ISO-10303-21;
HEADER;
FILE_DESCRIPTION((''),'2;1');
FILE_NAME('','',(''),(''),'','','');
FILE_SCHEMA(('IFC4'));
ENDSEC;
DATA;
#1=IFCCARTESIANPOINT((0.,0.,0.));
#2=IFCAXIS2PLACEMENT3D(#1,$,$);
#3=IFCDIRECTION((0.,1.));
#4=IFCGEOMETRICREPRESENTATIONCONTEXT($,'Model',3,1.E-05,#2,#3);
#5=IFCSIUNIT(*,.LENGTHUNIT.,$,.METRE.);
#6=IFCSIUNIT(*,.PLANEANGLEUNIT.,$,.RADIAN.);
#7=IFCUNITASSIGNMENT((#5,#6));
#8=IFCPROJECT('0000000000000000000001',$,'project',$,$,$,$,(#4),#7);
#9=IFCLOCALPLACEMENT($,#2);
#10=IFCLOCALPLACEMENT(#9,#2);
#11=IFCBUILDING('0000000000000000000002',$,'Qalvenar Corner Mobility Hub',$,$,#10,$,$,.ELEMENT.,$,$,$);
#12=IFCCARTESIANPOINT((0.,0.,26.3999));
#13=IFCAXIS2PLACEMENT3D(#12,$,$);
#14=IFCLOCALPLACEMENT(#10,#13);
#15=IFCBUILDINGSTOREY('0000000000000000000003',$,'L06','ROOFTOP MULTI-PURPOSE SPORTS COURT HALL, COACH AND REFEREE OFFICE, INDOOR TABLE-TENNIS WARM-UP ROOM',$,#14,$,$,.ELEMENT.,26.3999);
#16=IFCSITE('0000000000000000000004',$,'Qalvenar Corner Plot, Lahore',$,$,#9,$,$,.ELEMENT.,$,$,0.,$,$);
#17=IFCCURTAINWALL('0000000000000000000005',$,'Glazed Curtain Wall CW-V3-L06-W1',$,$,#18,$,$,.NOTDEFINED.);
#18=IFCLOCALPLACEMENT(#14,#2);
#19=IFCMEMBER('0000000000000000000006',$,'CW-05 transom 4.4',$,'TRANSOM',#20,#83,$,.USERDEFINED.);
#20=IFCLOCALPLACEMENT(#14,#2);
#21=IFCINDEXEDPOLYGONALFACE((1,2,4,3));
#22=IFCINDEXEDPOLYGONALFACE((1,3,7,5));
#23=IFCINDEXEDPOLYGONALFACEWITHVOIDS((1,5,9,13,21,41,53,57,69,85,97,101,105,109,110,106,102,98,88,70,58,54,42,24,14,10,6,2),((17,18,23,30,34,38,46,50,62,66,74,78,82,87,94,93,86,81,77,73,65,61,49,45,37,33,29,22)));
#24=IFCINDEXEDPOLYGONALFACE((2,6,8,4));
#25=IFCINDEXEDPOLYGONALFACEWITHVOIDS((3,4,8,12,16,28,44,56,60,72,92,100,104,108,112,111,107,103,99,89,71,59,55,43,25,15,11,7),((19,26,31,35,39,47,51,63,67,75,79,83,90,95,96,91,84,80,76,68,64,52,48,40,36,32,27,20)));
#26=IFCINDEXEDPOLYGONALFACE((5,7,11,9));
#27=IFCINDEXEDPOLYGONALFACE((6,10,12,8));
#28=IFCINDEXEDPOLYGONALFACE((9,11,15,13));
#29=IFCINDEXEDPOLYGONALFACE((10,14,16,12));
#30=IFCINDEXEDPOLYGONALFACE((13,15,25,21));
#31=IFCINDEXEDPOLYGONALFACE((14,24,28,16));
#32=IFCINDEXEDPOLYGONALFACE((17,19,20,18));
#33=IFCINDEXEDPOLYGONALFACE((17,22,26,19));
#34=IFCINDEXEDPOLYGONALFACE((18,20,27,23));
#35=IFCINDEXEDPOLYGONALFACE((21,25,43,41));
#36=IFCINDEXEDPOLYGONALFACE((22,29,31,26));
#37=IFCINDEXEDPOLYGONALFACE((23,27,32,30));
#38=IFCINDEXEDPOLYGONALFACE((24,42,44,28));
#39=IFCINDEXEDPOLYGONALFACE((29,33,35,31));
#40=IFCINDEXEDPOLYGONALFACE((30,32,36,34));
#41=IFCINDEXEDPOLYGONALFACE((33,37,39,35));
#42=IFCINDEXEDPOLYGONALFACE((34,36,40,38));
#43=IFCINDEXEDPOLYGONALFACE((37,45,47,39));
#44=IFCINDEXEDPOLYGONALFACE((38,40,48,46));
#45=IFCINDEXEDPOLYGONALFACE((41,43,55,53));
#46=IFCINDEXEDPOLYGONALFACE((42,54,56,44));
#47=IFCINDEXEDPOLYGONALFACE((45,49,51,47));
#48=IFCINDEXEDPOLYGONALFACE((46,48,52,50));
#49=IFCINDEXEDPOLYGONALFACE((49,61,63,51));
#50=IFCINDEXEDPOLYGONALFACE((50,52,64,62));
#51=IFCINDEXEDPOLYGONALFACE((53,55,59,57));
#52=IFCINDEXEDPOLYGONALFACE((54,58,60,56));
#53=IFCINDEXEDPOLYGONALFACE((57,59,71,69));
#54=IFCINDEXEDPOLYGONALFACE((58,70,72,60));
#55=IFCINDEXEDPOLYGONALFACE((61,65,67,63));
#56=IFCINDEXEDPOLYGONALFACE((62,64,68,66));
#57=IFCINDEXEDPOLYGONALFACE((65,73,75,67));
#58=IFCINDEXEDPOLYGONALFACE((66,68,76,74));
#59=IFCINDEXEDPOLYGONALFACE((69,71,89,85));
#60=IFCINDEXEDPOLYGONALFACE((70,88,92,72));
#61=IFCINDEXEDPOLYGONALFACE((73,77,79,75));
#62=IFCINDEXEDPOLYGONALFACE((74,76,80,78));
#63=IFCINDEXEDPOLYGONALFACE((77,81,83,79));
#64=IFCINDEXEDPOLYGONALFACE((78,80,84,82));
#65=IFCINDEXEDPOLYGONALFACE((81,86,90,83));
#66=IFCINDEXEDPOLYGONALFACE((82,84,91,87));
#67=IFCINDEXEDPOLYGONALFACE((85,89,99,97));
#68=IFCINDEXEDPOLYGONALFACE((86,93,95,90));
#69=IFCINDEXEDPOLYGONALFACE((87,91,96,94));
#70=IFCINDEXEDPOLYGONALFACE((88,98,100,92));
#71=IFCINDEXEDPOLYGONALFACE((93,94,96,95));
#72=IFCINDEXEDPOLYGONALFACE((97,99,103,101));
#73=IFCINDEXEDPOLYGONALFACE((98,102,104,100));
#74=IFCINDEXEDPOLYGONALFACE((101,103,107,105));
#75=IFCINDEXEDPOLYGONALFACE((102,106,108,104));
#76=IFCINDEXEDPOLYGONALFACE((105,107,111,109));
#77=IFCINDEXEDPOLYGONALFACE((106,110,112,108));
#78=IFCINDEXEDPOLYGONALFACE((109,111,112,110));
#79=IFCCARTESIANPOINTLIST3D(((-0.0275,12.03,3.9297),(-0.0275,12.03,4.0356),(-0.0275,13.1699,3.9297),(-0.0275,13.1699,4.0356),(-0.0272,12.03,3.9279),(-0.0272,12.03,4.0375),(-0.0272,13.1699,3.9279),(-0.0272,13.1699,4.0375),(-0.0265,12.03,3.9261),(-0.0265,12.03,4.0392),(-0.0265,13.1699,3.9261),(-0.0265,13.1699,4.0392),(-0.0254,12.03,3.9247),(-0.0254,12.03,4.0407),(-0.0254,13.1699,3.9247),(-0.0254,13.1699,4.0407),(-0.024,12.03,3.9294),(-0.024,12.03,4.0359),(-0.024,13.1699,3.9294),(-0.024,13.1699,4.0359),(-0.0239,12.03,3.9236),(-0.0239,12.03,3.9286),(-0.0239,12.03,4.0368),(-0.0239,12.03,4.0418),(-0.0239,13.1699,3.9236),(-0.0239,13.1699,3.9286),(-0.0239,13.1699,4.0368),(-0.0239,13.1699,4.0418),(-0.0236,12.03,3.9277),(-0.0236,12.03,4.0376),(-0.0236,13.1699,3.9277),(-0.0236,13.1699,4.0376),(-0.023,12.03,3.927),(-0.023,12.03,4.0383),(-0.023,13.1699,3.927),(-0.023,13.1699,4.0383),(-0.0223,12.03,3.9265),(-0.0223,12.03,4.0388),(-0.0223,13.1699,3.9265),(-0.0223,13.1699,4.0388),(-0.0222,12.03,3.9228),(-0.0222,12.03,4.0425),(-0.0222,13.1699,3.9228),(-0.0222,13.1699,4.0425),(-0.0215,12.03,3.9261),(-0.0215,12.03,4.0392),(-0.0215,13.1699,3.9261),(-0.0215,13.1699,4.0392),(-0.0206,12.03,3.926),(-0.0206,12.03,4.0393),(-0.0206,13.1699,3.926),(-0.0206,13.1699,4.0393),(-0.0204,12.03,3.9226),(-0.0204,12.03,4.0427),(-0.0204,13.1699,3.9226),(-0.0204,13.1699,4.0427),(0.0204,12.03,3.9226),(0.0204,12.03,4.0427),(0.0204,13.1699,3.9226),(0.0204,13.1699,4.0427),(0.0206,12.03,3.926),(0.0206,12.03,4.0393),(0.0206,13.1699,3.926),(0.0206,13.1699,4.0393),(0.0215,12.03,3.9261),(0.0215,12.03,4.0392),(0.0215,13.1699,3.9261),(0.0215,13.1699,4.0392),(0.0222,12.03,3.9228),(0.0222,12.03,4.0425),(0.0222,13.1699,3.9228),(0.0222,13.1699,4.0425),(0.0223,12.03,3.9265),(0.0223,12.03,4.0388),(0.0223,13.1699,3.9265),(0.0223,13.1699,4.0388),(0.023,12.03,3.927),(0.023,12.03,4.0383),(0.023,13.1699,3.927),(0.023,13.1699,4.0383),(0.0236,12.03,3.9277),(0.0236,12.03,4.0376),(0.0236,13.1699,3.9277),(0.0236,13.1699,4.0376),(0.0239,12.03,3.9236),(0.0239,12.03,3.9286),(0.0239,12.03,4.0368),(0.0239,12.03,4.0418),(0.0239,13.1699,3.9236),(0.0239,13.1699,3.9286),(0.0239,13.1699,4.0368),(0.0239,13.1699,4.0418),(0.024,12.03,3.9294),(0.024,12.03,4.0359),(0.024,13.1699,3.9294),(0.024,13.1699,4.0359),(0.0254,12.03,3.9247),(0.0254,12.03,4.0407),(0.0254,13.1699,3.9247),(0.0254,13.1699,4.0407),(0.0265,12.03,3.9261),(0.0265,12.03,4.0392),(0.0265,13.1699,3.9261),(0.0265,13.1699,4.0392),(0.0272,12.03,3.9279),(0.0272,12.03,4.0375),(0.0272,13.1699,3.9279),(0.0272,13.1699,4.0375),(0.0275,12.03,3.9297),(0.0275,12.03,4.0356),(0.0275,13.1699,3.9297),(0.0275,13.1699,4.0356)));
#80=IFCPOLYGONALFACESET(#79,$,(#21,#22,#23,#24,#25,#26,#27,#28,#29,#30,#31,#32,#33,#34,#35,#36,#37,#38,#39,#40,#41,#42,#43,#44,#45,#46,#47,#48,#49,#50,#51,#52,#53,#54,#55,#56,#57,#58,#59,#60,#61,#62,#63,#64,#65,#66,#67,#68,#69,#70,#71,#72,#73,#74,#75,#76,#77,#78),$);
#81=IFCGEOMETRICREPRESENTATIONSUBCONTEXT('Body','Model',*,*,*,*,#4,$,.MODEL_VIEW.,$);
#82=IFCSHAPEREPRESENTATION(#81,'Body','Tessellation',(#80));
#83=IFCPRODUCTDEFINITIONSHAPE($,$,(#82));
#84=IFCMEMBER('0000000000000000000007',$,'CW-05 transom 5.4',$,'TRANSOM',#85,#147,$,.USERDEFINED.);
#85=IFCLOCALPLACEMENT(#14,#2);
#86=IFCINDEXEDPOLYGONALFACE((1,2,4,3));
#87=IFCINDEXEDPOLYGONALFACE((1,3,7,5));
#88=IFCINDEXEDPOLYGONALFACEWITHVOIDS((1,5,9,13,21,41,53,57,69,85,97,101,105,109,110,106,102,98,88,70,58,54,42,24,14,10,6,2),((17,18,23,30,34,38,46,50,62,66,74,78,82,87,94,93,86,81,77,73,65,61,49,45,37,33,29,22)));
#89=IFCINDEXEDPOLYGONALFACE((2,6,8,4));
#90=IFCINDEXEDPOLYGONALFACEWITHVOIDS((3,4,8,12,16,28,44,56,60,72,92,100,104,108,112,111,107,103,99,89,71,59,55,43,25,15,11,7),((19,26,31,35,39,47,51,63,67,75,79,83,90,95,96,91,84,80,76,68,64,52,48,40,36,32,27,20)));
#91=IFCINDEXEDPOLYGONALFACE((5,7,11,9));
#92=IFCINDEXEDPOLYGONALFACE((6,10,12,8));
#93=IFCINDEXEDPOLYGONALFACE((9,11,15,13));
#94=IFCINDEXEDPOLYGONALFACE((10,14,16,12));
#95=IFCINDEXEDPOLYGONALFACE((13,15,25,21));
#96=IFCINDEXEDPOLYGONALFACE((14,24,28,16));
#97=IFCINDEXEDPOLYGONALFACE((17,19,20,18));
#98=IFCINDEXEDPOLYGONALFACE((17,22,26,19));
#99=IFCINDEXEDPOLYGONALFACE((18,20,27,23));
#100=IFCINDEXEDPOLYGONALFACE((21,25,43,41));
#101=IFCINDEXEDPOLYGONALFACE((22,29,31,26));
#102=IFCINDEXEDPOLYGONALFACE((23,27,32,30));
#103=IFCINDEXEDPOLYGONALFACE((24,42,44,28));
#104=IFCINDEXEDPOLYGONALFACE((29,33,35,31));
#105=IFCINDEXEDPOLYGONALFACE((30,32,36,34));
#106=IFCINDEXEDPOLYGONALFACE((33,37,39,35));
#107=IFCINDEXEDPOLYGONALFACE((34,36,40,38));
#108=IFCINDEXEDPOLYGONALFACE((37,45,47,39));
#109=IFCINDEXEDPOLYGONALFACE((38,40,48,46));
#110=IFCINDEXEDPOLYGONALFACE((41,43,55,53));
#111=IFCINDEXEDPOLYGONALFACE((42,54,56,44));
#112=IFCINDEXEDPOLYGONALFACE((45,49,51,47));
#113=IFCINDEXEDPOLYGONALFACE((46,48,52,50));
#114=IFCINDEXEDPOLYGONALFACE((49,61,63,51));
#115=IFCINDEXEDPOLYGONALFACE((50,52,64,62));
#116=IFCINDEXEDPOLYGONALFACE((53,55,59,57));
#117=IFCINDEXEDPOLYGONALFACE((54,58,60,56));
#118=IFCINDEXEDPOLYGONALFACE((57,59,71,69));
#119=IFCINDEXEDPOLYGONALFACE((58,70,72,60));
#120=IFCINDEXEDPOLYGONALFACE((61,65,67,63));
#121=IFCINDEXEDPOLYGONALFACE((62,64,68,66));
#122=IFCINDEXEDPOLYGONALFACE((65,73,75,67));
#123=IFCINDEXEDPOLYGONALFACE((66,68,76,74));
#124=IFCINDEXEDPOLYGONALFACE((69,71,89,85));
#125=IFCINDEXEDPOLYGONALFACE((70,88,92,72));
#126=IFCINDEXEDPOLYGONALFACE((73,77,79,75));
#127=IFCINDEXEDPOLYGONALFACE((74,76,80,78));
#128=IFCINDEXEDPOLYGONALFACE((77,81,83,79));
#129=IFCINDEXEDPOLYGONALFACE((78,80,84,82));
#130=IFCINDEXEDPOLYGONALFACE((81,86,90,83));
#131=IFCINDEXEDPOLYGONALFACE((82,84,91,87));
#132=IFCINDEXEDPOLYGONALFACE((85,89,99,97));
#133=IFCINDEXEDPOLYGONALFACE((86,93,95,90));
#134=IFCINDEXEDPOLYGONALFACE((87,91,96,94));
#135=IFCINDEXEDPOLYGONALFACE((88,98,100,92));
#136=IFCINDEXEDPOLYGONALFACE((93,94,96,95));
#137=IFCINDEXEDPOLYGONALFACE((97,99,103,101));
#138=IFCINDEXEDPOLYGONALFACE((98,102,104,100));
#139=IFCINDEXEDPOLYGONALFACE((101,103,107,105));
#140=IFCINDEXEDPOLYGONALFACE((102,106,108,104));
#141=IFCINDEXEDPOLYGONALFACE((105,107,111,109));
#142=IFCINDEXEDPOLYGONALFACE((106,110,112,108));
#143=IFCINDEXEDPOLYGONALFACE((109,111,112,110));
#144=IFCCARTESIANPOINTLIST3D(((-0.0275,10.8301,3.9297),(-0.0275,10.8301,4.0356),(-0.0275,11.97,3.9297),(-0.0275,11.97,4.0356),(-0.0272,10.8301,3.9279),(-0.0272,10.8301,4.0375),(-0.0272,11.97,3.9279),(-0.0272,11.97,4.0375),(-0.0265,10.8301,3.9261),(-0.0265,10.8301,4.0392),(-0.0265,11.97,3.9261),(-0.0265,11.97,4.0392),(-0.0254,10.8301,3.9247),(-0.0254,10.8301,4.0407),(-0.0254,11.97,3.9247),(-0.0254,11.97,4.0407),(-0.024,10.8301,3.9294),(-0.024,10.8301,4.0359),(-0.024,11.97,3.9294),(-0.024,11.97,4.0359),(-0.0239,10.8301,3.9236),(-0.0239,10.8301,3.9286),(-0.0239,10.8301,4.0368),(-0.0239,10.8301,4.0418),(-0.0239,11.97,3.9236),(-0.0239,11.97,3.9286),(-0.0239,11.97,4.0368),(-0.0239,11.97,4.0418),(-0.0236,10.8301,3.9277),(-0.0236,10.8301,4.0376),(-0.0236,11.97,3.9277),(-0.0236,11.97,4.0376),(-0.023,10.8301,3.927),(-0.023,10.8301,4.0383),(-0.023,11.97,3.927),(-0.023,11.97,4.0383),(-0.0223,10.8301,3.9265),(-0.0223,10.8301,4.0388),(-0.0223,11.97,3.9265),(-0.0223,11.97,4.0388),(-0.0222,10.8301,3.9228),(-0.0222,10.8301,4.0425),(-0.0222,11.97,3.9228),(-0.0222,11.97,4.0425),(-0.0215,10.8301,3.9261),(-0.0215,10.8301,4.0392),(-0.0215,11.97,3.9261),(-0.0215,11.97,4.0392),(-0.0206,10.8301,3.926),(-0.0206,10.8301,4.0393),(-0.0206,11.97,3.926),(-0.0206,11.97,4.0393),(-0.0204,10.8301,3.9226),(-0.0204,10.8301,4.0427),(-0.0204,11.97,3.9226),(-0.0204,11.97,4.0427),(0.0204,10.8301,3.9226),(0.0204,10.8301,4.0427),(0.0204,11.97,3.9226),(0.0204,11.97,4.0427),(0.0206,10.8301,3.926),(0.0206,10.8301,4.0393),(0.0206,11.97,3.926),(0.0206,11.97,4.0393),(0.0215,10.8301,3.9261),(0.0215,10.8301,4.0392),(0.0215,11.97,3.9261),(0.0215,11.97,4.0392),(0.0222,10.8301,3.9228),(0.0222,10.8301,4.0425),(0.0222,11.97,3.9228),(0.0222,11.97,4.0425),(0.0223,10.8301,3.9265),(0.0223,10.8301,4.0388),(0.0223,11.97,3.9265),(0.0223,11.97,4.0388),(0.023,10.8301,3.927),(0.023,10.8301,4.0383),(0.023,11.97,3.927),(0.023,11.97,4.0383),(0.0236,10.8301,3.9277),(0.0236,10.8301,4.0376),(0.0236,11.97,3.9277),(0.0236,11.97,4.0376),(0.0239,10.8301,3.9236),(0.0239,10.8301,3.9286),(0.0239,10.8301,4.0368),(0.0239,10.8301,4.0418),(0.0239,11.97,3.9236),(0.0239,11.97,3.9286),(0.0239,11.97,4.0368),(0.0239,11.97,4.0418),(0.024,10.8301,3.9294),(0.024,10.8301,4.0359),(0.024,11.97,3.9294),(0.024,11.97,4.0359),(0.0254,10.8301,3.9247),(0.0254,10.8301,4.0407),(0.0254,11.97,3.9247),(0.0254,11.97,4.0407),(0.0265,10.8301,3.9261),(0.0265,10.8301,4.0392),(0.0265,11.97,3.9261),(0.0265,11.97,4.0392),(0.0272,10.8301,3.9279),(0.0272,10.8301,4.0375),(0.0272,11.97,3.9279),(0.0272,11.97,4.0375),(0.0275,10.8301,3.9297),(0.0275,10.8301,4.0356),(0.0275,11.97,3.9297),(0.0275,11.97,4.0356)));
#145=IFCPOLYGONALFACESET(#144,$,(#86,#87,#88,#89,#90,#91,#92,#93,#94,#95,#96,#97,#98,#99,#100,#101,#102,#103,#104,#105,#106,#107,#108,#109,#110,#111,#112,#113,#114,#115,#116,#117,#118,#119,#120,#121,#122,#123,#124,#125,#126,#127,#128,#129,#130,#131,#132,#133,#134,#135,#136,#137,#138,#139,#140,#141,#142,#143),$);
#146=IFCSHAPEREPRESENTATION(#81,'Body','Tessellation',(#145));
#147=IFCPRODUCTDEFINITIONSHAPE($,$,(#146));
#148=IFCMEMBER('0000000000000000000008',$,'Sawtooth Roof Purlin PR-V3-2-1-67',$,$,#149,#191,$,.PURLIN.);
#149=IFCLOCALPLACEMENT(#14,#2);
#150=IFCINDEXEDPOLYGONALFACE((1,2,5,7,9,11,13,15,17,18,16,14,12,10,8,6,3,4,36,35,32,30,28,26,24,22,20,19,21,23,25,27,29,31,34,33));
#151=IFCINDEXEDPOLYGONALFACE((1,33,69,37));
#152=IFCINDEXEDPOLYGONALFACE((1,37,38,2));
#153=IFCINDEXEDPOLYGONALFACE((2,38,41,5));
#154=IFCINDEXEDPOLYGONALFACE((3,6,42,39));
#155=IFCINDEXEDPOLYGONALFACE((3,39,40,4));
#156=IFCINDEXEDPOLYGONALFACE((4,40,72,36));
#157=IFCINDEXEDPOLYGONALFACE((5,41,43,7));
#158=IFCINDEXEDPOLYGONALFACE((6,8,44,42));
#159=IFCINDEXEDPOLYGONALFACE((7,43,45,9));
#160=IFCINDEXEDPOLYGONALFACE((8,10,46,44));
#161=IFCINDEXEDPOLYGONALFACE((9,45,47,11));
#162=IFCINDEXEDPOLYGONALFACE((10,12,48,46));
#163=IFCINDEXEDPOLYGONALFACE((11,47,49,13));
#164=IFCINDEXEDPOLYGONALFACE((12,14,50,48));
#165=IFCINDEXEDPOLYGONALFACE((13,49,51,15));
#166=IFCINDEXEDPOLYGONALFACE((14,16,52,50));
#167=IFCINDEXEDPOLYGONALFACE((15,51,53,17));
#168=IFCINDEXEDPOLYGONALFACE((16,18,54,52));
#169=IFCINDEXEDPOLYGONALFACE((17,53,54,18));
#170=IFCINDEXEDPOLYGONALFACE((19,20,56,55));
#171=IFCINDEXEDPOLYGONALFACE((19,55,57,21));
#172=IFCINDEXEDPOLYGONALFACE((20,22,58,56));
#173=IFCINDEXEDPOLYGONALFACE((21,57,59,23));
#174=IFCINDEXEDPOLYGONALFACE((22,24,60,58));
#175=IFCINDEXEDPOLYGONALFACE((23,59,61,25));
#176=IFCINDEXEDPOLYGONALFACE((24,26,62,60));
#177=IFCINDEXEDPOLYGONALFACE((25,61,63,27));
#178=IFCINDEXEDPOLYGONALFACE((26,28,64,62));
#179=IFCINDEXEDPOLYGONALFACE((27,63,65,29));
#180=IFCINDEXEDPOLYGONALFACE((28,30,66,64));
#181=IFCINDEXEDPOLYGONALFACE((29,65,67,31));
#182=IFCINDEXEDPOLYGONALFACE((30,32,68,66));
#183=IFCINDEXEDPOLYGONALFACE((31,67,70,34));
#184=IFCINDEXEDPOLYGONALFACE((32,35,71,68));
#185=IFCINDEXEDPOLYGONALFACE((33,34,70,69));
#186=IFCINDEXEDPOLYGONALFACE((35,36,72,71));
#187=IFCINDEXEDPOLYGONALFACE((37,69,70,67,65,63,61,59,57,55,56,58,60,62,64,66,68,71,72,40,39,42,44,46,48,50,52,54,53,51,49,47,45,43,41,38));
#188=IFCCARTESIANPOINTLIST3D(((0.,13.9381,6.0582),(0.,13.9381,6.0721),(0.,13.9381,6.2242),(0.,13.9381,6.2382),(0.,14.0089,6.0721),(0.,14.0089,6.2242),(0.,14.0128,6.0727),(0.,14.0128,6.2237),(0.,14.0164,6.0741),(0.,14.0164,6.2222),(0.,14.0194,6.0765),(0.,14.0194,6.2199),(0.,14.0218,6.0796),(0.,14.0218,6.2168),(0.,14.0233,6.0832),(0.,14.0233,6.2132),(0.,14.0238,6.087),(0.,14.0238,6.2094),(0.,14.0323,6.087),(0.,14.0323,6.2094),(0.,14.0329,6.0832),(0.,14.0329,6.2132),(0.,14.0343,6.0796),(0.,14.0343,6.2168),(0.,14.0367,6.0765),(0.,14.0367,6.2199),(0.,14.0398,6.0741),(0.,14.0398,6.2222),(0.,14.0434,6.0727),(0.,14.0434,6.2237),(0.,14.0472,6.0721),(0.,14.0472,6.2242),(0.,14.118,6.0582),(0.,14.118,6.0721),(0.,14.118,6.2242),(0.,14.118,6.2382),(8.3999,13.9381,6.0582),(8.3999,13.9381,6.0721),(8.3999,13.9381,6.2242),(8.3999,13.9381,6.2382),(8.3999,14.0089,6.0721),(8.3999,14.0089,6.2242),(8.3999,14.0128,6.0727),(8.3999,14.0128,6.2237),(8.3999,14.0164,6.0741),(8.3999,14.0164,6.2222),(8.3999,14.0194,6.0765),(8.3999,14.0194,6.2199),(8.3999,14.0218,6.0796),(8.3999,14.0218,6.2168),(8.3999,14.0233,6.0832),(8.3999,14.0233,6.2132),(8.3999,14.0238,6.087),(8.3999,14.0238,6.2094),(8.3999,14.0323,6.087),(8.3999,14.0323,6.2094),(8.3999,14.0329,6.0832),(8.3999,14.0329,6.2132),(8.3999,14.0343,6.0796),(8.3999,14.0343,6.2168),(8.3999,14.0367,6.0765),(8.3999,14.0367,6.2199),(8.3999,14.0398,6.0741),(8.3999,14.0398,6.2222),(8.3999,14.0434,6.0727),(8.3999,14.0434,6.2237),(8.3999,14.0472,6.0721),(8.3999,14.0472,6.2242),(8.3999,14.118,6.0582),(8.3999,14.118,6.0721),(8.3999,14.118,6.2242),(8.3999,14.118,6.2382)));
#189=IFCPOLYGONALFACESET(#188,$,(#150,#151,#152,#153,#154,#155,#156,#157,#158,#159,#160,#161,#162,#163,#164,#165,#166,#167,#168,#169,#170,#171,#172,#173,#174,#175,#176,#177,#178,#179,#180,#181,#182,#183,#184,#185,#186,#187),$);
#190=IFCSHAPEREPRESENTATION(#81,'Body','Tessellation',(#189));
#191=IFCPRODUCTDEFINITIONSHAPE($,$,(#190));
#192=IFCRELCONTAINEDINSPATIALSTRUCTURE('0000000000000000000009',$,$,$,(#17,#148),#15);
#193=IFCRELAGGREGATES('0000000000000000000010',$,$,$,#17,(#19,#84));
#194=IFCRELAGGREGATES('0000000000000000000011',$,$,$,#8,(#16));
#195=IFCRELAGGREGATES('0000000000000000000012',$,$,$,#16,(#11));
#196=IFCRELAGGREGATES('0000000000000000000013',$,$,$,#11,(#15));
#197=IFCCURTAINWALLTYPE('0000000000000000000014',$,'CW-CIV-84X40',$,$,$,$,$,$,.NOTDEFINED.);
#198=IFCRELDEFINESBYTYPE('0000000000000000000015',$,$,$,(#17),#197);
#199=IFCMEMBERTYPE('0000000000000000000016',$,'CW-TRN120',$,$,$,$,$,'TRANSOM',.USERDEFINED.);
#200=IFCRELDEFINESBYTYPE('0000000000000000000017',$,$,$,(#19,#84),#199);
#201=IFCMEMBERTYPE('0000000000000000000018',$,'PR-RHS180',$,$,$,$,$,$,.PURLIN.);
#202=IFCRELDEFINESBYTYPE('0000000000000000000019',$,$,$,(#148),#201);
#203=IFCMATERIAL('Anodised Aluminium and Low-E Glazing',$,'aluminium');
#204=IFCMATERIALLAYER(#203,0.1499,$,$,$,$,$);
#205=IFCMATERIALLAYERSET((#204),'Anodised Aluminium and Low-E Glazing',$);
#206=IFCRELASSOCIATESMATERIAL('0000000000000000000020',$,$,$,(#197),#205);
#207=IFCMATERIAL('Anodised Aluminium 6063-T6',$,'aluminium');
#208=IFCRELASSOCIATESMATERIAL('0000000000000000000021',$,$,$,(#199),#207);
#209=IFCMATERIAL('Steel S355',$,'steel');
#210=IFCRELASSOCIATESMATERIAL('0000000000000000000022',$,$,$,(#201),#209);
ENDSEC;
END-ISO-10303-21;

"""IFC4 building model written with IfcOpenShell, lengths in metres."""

from ifc_helpers import new_model, si_unit, direction, frame, origin, origin_2d, place, context, subcontext, project, spatial, hollow_rectangle, i_section, extrude, material, layer, layer_set, material_profile, profile_set, type_object, element, aggregate, save


model = new_model("IFC4")

# Units and contexts
model_context = context("Model", 3, precision=1e-05, world=origin(), true_north=direction((0.0, 1.0)))
body_context = subcontext(model_context, "Body", "Model", "MODEL_VIEW")
ifc_project = project(units=[si_unit("LENGTHUNIT", "METRE"), si_unit("PLANEANGLEUNIT", "RADIAN")], contexts=[model_context])

# Site, building, storey
site_placement = place(None, origin())
site = spatial("IfcSite", under=ifc_project, at=site_placement, Name="Qalvenar Corner Plot, Lahore", CompositionType="ELEMENT", RefElevation=0.0)
building_placement = place(site_placement, origin())
building = spatial("IfcBuilding", under=site, at=building_placement, Name="Qalvenar Corner Mobility Hub", CompositionType="ELEMENT")
storey_placement = place(building_placement, frame((0.0, 0.0, 26.3999)))
storey = spatial("IfcBuildingStorey", under=building, at=storey_placement, Name="L06", Description="ROOFTOP MULTI-PURPOSE SPORTS COURT HALL, COACH AND REFEREE OFFICE, INDOOR TABLE-TENNIS WARM-UP ROOM", CompositionType="ELEMENT", Elevation=26.3999)

# Shared definitions
ifc_material_1 = material(Name="Steel S355", Category="steel")

# Curtain wall, members
ifc_material_2 = material(Name="Anodised Aluminium and Low-E Glazing", Category="aluminium")
ifc_material_3 = material(Name="Anodised Aluminium 6063-T6", Category="aluminium")
ifc_layer_1 = layer(ifc_material_2, 0.1499)
ifc_layer_set_1 = layer_set([ifc_layer_1], Name="Anodised Aluminium and Low-E Glazing")
curtain_wall_type_1 = type_object("IfcCurtainWallType", Name="CW-CIV-84X40", PredefinedType="NOTDEFINED", material=ifc_layer_set_1)
curtain_wall_1_placement = place(storey_placement, origin())
curtain_wall_1 = element("IfcCurtainWall", 1, at=curtain_wall_1_placement, inside=storey, type_object=curtain_wall_type_1, Name="Glazed Curtain Wall CW-V3-L06-W1", PredefinedType="NOTDEFINED")
ifc_material_profile_1 = material_profile(ifc_material_3, hollow_rectangle(XDim=0.0549, YDim=0.1201, WallThickness=0.0034, InnerFilletRadius=0.0034, OuterFilletRadius=0.0071, at=origin_2d()), Name="RHS120x55x3.5")
ifc_profile_set_1 = profile_set([ifc_material_profile_1], Name="Anodised Aluminium 6063-T6")
member_type_1 = type_object("IfcMemberType", Name="CW-TRN120", ElementType="TRANSOM", PredefinedType="USERDEFINED", material=ifc_profile_set_1)
member_1_placement = place(storey_placement, frame((0.0, 13.1699, 3.9827), z_axis=(0.0, -1.0, 0.0), x_axis=(1.0, 0.0, 0.0)))
member_1 = element("IfcMember", 2, at=member_1_placement, type_object=member_type_1, Name="CW-05 transom 4.4", ObjectType="TRANSOM", PredefinedType="USERDEFINED", context=body_context, shape_type="SweptSolid", body=[
    extrude(hollow_rectangle(XDim=0.0549, YDim=0.1201, WallThickness=0.0034, InnerFilletRadius=0.0034, OuterFilletRadius=0.0071, at=origin_2d()), origin(), (0.0, 0.0, 1.0), 1.1399),
])
member_2_placement = place(storey_placement, frame((0.0, 11.97, 3.9827), z_axis=(0.0, -1.0, 0.0), x_axis=(1.0, 0.0, 0.0)))
member_2 = element("IfcMember", 3, at=member_2_placement, type_object=member_type_1, Name="CW-05 transom 5.4", ObjectType="TRANSOM", PredefinedType="USERDEFINED", context=body_context, shape_type="SweptSolid", body=[
    extrude(hollow_rectangle(XDim=0.0549, YDim=0.1201, WallThickness=0.0034, InnerFilletRadius=0.0034, OuterFilletRadius=0.0071, at=origin_2d()), origin(), (0.0, 0.0, 1.0), 1.1399),
])

# Member
ifc_material_profile_2 = material_profile(ifc_material_1, i_section(OverallWidth=0.1799, OverallDepth=0.1799, WebThickness=0.0085, FlangeThickness=0.0139, FilletRadius=0.0149, at=origin_2d()), Name="HEB180")
ifc_profile_set_2 = profile_set([ifc_material_profile_2], Name="Steel S355")
member_type_2 = type_object("IfcMemberType", Name="PR-RHS180", PredefinedType="PURLIN", material=ifc_profile_set_2)
member_3_placement = place(storey_placement, frame((0.0, 14.0281, 6.1482), z_axis=(1.0, 0.0, 0.0), x_axis=(0.0, 1.0, 0.0)))
element("IfcMember", 4, at=member_3_placement, inside=storey, type_object=member_type_2, Name="Sawtooth Roof Purlin PR-V3-2-1-67", PredefinedType="PURLIN", context=body_context, shape_type="SweptSolid", body=[
    extrude(i_section(OverallWidth=0.1799, OverallDepth=0.1799, WebThickness=0.0085, FlangeThickness=0.0139, FilletRadius=0.0149, at=origin_2d()), origin(), (0.0, 0.0, 1.0), 8.3999),
])

aggregate(curtain_wall_1, [member_1, member_2])

save(model, "model.ifc")
